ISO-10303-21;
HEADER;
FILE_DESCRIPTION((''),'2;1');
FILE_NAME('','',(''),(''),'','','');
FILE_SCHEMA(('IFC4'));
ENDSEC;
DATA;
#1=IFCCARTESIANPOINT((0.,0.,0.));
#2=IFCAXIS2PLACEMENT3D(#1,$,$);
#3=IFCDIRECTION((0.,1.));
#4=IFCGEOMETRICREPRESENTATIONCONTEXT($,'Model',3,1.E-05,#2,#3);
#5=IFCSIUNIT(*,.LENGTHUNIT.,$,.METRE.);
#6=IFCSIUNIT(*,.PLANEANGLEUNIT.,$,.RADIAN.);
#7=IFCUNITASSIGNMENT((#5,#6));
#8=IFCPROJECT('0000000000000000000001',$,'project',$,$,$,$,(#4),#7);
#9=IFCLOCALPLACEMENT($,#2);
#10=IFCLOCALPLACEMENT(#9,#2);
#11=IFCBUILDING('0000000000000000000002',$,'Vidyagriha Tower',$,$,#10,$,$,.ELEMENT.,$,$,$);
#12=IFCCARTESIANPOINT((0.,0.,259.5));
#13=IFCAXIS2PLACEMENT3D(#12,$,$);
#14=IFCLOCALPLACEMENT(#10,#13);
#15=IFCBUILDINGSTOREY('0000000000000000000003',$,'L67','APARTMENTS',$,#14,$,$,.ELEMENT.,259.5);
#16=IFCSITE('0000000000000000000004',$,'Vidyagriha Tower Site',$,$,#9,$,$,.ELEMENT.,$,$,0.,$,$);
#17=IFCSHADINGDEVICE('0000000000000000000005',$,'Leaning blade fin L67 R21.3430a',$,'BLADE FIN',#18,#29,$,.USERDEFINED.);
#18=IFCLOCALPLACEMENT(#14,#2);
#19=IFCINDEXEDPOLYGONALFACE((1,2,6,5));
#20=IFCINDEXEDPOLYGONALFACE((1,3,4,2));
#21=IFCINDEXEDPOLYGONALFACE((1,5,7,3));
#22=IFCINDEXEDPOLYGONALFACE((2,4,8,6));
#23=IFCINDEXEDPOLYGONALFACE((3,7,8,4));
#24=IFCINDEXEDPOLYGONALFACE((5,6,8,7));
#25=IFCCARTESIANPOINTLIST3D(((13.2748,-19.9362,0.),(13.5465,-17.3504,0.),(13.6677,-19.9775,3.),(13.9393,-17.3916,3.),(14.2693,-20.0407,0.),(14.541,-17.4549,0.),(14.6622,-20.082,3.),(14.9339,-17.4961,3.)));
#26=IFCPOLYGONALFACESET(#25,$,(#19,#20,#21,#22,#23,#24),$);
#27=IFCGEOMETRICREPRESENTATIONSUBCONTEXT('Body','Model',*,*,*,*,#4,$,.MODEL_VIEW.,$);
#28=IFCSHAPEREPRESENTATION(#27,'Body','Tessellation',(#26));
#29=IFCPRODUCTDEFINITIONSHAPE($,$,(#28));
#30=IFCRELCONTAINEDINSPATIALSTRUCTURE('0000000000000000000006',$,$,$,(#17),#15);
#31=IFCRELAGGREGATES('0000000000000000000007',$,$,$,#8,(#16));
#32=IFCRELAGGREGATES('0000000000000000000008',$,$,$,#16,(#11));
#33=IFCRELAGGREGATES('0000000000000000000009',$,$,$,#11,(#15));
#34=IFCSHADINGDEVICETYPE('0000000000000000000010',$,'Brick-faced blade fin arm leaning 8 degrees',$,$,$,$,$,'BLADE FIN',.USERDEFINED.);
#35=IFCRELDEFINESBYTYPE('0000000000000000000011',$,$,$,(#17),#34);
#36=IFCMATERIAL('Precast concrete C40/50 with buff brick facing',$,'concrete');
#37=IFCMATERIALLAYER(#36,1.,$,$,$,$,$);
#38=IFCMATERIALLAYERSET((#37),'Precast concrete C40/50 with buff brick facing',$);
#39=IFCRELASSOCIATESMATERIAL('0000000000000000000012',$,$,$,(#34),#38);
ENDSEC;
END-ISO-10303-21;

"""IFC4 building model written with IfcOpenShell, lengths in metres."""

from ifc_helpers import new_model, si_unit, direction, frame, origin, place, context, subcontext, project, spatial, polyline, outline, extrude, material, layer, layer_set, type_object, element, save


model = new_model("IFC4")

# Units and contexts
model_context = context("Model", 3, precision=1e-05, world=origin(), true_north=direction((0.0, 1.0)))
body_context = subcontext(model_context, "Body", "Model", "MODEL_VIEW")
ifc_project = project(units=[si_unit("LENGTHUNIT", "METRE"), si_unit("PLANEANGLEUNIT", "RADIAN")], contexts=[model_context])

# Site, building, storey
site_placement = place(None, origin())
site = spatial("IfcSite", under=ifc_project, at=site_placement, Name="Vidyagriha Tower Site", CompositionType="ELEMENT", RefElevation=0.0)
building_placement = place(site_placement, origin())
building = spatial("IfcBuilding", under=site, at=building_placement, Name="Vidyagriha Tower", CompositionType="ELEMENT")
storey_placement = place(building_placement, frame((0.0, 0.0, 259.5)))
storey = spatial("IfcBuildingStorey", under=building, at=storey_placement, Name="L67", Description="APARTMENTS", CompositionType="ELEMENT", Elevation=259.5)

# Shading device
ifc_material_1 = material(Name="Precast concrete C40/50 with buff brick facing", Category="concrete")
ifc_layer_1 = layer(ifc_material_1, 1.0)
ifc_layer_set_1 = layer_set([ifc_layer_1], Name="Precast concrete C40/50 with buff brick facing")
shading_device_type = type_object("IfcShadingDeviceType", Name="Brick-faced blade fin arm leaning 8 degrees", ElementType="BLADE FIN", PredefinedType="USERDEFINED", material=ifc_layer_set_1)
shading_device_1_placement = place(storey_placement, frame((13.4106, -18.6433, 0.0), z_axis=(0.0, 0.0, 1.0), x_axis=(0.994527, -0.104475, 0.0)))
element("IfcShadingDevice", 1, at=shading_device_1_placement, inside=storey, type_object=shading_device_type, Name="Leaning blade fin L67 R21.3430a", ObjectType="BLADE FIN", PredefinedType="USERDEFINED", context=body_context, shape_type="SweptSolid", body=[
    extrude(outline(polyline([(0.0, 0.0), (1.0, 0.0), (1.395, 3.0), (0.395, 3.0), (0.0, 0.0)])), frame((0.0, 1.3, 0.0), z_axis=(0.0, -1.0, 0.0), x_axis=(1.0, 0.0, 0.0)), (0.0, 0.0, 1.0), 2.6001),
])

save(model, "model.ifc")
